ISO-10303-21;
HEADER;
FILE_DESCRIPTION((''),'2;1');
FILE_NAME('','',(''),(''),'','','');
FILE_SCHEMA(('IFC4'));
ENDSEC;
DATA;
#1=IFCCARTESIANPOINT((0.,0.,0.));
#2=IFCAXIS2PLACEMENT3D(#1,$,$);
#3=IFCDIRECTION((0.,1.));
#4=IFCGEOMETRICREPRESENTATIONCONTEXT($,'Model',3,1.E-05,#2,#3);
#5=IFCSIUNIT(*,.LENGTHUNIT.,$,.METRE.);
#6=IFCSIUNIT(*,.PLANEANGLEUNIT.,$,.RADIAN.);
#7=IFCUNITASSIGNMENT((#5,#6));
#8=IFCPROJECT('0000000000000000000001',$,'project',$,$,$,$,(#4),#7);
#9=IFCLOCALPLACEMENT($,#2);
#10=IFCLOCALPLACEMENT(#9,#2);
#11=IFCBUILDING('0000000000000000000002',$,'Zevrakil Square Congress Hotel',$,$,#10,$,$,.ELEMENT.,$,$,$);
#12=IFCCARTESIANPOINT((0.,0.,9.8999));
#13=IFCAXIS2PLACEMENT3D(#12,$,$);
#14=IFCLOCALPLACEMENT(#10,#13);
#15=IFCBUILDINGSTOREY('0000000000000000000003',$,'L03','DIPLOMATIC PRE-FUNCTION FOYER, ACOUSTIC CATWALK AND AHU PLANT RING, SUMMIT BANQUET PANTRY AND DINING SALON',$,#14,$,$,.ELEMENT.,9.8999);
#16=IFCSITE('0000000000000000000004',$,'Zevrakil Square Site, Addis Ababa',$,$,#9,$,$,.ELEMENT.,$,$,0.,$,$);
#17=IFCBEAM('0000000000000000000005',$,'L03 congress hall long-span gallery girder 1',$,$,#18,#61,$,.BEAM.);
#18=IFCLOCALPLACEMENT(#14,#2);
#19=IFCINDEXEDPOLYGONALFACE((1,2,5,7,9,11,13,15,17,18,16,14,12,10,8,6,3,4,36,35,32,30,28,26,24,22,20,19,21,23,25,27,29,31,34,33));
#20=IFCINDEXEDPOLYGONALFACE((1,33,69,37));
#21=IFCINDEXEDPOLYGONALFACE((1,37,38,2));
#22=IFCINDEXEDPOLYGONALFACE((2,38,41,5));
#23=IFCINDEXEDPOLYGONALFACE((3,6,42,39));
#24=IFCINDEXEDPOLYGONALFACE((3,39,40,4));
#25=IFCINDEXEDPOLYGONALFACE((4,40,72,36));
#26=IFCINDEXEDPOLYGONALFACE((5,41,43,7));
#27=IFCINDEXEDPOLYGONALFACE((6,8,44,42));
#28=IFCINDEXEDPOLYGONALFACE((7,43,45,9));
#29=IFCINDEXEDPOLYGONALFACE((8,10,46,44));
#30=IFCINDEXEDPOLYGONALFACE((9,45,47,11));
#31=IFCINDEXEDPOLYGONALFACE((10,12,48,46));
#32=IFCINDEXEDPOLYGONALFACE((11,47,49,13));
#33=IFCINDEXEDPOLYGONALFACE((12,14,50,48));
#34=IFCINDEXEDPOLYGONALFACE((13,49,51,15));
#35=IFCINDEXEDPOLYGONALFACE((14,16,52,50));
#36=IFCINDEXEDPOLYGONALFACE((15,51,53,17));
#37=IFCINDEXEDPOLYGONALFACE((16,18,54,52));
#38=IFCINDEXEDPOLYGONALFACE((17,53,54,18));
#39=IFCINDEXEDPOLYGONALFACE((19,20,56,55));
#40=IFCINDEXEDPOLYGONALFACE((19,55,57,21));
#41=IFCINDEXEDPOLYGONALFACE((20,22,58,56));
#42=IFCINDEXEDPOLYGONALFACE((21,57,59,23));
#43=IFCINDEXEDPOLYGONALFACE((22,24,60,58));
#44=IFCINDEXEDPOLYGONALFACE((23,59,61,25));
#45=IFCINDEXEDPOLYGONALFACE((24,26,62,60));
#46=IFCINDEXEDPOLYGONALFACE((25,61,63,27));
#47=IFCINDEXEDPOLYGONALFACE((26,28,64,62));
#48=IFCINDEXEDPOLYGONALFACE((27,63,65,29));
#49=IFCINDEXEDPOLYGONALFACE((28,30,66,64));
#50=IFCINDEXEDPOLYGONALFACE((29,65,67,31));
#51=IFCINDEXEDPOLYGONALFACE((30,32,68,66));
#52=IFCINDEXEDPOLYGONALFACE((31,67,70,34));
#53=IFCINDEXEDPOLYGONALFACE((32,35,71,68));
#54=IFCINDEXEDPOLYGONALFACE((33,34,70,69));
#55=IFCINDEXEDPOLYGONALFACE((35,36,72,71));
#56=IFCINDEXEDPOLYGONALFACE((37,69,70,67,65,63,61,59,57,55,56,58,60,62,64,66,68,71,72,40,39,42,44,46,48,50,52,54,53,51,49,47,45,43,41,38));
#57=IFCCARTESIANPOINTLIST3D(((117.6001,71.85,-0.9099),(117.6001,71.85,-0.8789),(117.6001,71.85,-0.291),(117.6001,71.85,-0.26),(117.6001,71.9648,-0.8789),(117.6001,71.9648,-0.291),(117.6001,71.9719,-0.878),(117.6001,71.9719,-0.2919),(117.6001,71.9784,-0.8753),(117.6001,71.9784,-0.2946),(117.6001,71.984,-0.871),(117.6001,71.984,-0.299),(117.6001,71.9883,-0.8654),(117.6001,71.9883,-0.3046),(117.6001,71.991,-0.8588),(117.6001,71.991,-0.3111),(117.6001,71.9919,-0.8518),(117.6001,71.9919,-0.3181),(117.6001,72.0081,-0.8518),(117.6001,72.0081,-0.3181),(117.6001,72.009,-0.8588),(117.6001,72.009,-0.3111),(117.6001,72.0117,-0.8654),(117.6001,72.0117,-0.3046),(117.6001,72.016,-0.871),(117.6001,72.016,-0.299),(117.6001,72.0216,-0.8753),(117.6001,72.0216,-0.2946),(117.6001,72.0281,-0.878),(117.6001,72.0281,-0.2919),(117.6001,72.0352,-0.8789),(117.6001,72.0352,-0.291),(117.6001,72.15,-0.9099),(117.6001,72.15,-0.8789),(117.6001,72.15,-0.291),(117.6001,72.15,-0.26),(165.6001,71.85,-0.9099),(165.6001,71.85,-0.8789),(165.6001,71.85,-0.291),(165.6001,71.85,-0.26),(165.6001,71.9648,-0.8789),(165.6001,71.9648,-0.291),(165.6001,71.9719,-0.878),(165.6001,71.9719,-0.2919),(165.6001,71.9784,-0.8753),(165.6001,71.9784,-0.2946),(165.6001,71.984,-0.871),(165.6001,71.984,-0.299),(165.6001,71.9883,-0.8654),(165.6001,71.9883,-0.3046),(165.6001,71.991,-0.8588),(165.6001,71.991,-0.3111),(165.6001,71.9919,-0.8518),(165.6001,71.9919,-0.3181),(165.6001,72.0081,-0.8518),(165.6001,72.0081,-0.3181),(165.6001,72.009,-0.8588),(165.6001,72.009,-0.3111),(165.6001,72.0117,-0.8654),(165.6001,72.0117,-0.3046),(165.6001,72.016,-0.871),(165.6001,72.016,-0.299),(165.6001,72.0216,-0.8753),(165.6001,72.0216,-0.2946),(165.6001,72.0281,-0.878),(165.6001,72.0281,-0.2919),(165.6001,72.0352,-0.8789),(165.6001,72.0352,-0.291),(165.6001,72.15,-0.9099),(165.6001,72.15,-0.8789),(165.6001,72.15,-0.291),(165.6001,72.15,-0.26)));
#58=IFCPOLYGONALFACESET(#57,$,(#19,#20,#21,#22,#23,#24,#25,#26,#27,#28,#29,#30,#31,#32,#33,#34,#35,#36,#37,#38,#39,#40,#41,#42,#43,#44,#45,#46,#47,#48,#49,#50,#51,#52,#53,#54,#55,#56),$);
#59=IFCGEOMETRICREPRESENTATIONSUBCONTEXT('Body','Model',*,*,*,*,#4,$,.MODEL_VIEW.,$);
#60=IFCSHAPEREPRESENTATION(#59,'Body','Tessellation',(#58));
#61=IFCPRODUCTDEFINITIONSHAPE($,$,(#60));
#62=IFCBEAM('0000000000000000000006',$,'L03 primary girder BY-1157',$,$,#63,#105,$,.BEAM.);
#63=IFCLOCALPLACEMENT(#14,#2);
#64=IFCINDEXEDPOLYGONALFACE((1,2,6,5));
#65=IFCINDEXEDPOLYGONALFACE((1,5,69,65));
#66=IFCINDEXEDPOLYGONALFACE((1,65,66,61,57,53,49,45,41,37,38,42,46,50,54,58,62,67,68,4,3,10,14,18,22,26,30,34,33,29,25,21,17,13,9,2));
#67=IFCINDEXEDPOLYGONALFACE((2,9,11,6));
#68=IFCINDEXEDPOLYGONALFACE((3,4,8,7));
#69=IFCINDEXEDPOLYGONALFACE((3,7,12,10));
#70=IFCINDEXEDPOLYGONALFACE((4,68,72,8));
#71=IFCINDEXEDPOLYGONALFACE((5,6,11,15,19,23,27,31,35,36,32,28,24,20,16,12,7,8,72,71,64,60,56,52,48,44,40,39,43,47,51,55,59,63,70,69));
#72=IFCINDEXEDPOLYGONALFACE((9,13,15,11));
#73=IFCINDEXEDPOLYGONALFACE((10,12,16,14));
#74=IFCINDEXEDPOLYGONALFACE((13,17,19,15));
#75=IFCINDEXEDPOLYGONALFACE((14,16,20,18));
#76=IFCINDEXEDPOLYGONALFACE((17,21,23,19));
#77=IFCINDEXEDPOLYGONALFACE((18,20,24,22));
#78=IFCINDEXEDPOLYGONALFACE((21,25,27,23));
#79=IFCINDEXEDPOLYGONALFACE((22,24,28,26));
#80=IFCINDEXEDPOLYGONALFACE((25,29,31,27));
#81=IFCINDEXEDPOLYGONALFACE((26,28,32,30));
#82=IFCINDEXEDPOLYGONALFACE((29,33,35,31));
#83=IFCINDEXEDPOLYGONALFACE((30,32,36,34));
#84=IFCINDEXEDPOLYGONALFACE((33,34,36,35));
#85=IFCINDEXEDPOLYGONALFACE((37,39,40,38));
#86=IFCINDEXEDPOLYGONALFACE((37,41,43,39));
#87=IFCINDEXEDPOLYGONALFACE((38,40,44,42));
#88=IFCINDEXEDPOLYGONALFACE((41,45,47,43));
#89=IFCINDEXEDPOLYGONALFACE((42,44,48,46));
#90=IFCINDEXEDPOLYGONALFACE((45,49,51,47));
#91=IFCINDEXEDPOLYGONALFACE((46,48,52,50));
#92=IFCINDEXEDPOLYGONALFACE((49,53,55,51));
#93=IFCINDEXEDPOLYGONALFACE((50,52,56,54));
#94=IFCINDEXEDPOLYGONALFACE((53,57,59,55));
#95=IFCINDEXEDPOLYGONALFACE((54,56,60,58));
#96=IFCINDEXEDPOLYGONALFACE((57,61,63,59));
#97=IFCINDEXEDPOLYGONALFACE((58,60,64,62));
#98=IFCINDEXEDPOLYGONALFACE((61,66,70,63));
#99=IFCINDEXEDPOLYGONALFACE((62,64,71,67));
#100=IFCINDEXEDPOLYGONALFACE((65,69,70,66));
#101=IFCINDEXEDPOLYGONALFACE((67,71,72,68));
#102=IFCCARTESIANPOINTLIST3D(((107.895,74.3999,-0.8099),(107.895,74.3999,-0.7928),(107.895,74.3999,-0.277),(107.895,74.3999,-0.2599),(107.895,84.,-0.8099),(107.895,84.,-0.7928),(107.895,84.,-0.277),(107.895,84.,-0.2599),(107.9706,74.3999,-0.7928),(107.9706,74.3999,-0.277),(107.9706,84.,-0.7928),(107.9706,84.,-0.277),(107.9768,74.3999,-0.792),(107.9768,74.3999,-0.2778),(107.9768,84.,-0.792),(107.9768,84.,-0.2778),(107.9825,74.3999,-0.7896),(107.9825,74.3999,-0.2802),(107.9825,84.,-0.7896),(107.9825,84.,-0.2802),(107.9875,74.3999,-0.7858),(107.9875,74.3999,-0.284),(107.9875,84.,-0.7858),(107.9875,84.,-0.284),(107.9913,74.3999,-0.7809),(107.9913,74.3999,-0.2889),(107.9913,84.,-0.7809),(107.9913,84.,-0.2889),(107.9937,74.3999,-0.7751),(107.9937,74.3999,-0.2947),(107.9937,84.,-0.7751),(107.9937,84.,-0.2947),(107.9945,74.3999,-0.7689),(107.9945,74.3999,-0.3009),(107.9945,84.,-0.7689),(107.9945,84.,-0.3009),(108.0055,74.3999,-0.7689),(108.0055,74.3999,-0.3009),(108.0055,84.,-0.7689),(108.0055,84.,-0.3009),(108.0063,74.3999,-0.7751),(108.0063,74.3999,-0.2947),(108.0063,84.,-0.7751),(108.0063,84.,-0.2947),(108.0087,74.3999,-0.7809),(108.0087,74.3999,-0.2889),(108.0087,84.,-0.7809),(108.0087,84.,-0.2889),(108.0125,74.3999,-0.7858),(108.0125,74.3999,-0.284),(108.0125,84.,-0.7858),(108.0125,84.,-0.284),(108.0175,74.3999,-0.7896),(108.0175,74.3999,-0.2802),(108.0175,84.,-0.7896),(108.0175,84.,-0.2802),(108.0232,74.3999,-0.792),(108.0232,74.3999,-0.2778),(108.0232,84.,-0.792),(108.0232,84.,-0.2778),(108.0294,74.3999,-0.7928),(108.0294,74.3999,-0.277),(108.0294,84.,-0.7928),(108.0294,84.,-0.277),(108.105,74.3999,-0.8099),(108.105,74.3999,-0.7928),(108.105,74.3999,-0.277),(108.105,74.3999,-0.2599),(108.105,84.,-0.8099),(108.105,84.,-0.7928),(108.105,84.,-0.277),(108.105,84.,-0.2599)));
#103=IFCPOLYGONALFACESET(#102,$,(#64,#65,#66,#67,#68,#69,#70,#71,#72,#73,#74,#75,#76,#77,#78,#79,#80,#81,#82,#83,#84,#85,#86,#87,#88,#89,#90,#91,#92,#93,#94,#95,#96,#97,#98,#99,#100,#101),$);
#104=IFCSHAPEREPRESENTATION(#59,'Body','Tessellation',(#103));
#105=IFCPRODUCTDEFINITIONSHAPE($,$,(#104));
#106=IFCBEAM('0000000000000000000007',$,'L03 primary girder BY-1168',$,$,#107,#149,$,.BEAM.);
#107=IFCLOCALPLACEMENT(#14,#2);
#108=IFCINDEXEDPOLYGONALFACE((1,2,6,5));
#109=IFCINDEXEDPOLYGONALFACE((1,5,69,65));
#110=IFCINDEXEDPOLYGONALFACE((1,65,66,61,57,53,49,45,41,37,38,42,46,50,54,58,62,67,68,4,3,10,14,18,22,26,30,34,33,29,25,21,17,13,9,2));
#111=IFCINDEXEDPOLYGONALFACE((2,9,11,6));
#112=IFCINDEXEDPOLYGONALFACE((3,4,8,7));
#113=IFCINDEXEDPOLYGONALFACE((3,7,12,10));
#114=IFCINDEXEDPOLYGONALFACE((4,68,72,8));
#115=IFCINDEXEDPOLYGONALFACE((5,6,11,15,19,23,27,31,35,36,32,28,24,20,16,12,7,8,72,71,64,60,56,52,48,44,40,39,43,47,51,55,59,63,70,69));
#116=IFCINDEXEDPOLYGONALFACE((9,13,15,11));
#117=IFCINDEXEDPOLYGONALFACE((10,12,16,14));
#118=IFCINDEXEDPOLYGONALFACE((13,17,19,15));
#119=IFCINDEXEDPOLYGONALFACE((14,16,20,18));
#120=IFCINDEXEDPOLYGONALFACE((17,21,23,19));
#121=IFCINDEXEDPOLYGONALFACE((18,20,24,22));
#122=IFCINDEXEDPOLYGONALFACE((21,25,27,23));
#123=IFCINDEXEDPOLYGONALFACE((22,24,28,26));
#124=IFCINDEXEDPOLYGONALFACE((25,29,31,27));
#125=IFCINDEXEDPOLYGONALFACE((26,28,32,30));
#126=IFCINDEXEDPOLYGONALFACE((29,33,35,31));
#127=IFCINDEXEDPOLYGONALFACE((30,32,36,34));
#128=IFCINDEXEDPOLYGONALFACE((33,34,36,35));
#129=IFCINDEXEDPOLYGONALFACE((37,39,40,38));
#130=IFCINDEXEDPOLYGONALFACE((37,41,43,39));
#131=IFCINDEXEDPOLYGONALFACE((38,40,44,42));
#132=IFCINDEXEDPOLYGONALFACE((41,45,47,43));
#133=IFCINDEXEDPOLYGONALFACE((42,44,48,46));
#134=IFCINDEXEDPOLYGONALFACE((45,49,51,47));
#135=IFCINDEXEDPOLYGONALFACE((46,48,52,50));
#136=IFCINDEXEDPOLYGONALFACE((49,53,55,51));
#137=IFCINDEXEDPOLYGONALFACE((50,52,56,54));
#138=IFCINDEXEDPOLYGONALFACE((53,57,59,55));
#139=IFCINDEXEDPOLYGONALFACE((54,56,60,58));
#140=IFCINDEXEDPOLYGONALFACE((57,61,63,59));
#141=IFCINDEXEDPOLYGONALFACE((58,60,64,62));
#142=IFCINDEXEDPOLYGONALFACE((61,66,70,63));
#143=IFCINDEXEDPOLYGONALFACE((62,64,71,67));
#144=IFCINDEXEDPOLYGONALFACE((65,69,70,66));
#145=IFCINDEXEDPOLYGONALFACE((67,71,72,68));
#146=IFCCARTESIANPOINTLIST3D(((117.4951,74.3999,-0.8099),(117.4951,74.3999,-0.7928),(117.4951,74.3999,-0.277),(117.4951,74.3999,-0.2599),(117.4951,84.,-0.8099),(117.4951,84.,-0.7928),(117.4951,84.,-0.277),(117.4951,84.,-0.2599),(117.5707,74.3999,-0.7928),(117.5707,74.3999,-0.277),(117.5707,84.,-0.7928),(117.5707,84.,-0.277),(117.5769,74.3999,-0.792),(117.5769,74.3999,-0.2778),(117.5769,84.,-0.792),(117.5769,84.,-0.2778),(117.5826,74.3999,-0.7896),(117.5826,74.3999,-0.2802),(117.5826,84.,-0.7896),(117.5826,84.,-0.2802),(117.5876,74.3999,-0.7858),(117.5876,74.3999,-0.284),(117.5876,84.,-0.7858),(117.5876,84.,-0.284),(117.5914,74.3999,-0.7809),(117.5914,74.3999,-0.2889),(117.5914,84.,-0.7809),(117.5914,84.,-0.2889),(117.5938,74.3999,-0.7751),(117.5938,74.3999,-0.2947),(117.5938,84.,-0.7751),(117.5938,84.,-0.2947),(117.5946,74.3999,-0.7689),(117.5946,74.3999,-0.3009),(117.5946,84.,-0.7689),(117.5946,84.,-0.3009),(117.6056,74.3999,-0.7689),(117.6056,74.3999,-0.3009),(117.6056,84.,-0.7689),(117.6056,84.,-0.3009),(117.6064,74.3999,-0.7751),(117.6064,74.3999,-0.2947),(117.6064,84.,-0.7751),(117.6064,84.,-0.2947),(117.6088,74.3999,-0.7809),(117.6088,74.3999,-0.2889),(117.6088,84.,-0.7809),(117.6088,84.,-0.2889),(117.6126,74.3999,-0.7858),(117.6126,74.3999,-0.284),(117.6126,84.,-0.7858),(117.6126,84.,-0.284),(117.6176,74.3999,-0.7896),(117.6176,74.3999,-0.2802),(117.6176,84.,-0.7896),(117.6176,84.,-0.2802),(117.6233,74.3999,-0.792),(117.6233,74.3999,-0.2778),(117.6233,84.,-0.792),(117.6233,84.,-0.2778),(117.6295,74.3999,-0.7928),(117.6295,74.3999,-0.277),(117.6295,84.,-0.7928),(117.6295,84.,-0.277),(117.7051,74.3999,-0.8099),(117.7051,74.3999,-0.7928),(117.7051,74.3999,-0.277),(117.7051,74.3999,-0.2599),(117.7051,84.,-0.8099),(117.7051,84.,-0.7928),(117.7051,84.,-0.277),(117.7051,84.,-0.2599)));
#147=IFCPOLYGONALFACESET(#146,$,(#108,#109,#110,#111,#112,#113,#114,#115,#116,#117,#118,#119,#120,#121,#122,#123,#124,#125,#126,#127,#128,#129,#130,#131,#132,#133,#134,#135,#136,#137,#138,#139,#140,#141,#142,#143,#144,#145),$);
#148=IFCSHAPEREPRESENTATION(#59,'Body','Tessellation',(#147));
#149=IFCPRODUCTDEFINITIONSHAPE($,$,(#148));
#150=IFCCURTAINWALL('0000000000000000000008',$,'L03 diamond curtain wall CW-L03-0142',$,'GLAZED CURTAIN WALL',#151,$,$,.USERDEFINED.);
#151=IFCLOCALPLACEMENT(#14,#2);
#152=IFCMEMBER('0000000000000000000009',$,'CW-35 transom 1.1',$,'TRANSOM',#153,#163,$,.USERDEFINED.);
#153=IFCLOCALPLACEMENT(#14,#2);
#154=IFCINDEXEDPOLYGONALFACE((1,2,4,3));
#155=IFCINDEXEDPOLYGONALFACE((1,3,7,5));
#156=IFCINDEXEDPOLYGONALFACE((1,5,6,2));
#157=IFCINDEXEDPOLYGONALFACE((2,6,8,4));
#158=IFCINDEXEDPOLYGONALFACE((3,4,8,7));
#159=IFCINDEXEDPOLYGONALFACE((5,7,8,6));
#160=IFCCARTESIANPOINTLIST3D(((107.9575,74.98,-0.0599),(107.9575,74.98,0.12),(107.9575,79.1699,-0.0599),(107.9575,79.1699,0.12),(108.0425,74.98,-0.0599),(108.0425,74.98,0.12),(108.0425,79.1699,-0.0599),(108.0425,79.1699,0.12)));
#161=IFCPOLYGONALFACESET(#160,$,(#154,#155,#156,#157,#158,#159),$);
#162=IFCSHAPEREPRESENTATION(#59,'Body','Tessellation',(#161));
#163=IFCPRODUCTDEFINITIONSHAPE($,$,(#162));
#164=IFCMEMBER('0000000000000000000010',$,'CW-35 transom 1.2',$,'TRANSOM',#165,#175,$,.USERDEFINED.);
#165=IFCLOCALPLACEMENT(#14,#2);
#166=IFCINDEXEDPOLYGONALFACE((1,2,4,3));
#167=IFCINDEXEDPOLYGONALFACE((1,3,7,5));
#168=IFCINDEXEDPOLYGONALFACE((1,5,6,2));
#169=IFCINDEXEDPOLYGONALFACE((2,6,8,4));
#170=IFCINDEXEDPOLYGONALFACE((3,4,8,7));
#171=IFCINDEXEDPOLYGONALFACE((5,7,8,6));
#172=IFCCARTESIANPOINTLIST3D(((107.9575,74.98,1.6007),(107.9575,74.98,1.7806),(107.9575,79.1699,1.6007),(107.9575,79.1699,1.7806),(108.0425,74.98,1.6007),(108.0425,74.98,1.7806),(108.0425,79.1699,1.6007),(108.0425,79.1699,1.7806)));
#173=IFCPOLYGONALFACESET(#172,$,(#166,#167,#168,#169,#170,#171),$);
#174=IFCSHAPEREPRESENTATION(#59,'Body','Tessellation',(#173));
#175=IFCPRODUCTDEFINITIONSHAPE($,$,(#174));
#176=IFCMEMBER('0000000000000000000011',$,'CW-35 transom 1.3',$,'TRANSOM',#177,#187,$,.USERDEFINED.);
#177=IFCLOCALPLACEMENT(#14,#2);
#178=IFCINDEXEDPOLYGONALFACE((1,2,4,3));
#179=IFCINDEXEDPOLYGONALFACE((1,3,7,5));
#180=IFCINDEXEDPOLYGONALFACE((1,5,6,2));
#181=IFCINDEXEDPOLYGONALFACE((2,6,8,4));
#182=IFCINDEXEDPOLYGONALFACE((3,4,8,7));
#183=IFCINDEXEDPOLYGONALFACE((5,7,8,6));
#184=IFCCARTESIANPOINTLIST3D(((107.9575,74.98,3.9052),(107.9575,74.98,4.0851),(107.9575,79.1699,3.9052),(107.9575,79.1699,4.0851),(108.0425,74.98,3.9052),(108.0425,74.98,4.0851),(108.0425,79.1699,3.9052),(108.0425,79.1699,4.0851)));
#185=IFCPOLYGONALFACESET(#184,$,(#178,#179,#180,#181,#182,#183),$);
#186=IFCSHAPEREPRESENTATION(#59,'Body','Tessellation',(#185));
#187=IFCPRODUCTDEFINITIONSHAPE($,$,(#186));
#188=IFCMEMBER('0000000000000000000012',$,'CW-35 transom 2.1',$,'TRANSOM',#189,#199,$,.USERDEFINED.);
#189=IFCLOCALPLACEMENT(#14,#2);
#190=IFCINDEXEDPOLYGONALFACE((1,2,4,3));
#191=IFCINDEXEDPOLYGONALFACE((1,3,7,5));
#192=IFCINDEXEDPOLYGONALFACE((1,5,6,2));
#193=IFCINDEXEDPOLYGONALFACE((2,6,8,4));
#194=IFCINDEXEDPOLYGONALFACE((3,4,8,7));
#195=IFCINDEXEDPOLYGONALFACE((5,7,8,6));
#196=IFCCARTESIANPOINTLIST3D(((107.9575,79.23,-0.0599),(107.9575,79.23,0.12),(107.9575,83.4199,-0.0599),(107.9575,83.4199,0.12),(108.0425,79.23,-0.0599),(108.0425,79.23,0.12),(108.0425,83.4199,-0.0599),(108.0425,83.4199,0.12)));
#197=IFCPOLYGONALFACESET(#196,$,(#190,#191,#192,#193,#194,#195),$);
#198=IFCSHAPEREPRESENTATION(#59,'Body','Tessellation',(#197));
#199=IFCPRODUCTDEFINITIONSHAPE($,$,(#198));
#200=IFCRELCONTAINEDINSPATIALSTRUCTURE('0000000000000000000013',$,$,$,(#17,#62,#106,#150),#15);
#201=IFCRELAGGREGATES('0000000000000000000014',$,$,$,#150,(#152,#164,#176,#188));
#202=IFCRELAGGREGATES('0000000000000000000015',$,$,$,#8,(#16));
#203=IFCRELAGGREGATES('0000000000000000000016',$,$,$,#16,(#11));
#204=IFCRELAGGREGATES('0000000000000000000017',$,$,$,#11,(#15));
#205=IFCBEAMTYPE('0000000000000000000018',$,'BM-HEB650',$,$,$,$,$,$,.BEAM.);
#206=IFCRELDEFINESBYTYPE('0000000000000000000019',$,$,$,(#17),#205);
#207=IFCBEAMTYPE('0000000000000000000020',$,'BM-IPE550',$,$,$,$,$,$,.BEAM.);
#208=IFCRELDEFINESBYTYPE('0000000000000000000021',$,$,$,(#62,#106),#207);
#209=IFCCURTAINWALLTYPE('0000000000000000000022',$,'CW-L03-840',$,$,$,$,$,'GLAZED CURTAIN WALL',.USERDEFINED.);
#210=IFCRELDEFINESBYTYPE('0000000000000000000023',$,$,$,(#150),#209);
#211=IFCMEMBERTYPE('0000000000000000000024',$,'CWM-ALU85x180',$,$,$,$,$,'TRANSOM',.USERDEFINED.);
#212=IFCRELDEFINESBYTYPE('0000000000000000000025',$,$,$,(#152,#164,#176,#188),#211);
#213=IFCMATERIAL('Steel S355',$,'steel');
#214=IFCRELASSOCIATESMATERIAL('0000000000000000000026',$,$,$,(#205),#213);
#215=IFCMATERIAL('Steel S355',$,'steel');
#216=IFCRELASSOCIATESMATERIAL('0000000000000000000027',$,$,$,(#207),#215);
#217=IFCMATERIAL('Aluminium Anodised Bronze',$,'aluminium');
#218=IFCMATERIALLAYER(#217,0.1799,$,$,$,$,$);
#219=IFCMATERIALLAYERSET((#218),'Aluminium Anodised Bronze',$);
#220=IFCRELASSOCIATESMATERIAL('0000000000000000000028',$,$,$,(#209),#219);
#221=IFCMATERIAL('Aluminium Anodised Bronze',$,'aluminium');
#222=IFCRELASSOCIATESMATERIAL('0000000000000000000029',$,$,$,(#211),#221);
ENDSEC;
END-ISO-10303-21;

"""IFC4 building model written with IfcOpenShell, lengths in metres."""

from ifc_helpers import new_model, si_unit, direction, frame, origin, origin_2d, place, context, subcontext, project, spatial, rectangle, i_section, extrude, material, layer, layer_set, material_profile, profile_set, type_object, element, aggregate, save


model = new_model("IFC4")

# Units and contexts
model_context = context("Model", 3, precision=1e-05, world=origin(), true_north=direction((0.0, 1.0)))
body_context = subcontext(model_context, "Body", "Model", "MODEL_VIEW")
ifc_project = project(units=[si_unit("LENGTHUNIT", "METRE"), si_unit("PLANEANGLEUNIT", "RADIAN")], contexts=[model_context])

# Site, building, storey
site_placement = place(None, origin())
site = spatial("IfcSite", under=ifc_project, at=site_placement, Name="Zevrakil Square Site, Addis Ababa", CompositionType="ELEMENT", RefElevation=0.0)
building_placement = place(site_placement, origin())
building = spatial("IfcBuilding", under=site, at=building_placement, Name="Zevrakil Square Congress Hotel", CompositionType="ELEMENT")
storey_placement = place(building_placement, frame((0.0, 0.0, 9.8999)))
storey = spatial("IfcBuildingStorey", under=building, at=storey_placement, Name="L03", Description="DIPLOMATIC PRE-FUNCTION FOYER, ACOUSTIC CATWALK AND AHU PLANT RING, SUMMIT BANQUET PANTRY AND DINING SALON", CompositionType="ELEMENT", Elevation=9.8999)

# Beams
ifc_material_1 = material(Name="Steel S355", Category="steel")
ifc_material_profile_1 = material_profile(ifc_material_1, i_section(OverallWidth=0.3, OverallDepth=0.6499, WebThickness=0.0161, FlangeThickness=0.031, FilletRadius=0.0271, at=origin_2d()), Name="HEB 650")
ifc_profile_set_1 = profile_set([ifc_material_profile_1], Name="Steel S355")
beam_type_1 = type_object("IfcBeamType", Name="BM-HEB650", PredefinedType="BEAM", material=ifc_profile_set_1)
beam_1_placement = place(storey_placement, frame((117.6001, 72.0, -0.585), z_axis=(1.0, 0.0, 0.0), x_axis=(0.0, 1.0, 0.0)))
element("IfcBeam", 1, at=beam_1_placement, inside=storey, type_object=beam_type_1, Name="L03 congress hall long-span gallery girder 1", PredefinedType="BEAM", context=body_context, shape_type="SweptSolid", body=[
    extrude(i_section(OverallWidth=0.3, OverallDepth=0.6499, WebThickness=0.0161, FlangeThickness=0.031, FilletRadius=0.0271, at=origin_2d()), origin(), (0.0, 0.0, 1.0), 48.0),
])
ifc_material_2 = material(Name="Steel S355", Category="steel")
ifc_material_profile_2 = material_profile(ifc_material_2, i_section(OverallWidth=0.21, OverallDepth=0.55, WebThickness=0.011, FlangeThickness=0.0171, FilletRadius=0.0239, at=origin_2d()), Name="IPE 550")
ifc_profile_set_2 = profile_set([ifc_material_profile_2], Name="Steel S355")
beam_type_2 = type_object("IfcBeamType", Name="BM-IPE550", PredefinedType="BEAM", material=ifc_profile_set_2)
for number, where, z_axis, x_axis, name in (
    (2, (108.0, 74.3999, -0.5349), (0.0, 1.0, 0.0), (-1.0, 0.0, 0.0), "L03 primary girder BY-1157"),
    (3, (117.6001, 74.3999, -0.5349), (0.0, 1.0, 0.0), (-1.0, 0.0, 0.0), "L03 primary girder BY-1168"),
):
    element("IfcBeam", number, at=place(storey_placement, frame(where, z_axis=z_axis, x_axis=x_axis)), inside=storey, type_object=beam_type_2, Name=name, PredefinedType="BEAM", context=body_context, shape_type="SweptSolid", body=[
        extrude(i_section(OverallWidth=0.21, OverallDepth=0.55, WebThickness=0.011, FlangeThickness=0.0171, FilletRadius=0.0239, at=origin_2d()), origin(), (0.0, 0.0, 1.0), 9.6001),
    ])

# Curtain wall, members
ifc_material_3 = material(Name="Aluminium Anodised Bronze", Category="aluminium")
ifc_layer_1 = layer(ifc_material_3, 0.1799)
ifc_layer_set_1 = layer_set([ifc_layer_1], Name="Aluminium Anodised Bronze")
curtain_wall_type = type_object("IfcCurtainWallType", Name="CW-L03-840", ElementType="GLAZED CURTAIN WALL", PredefinedType="USERDEFINED", material=ifc_layer_set_1)
curtain_wall_1_placement = place(storey_placement, origin())
curtain_wall_1 = element("IfcCurtainWall", 4, at=curtain_wall_1_placement, inside=storey, type_object=curtain_wall_type, Name="L03 diamond curtain wall CW-L03-0142", ObjectType="GLAZED CURTAIN WALL", PredefinedType="USERDEFINED")
ifc_material_4 = material(Name="Aluminium Anodised Bronze", Category="aluminium")
ifc_material_profile_3 = material_profile(ifc_material_4, rectangle(XDim=0.085, YDim=0.1799, at=origin_2d()), Name="ALU 85x180")
ifc_profile_set_3 = profile_set([ifc_material_profile_3], Name="Aluminium Anodised Bronze")
member_type_1 = type_object("IfcMemberType", Name="CWM-ALU85x180", ElementType="TRANSOM", PredefinedType="USERDEFINED", material=ifc_profile_set_3)
member_1_placement = place(storey_placement, frame((108.0, 74.98, 0.03), z_axis=(0.0, 1.0, 0.0), x_axis=(-1.0, 0.0, 0.0)))
member_1 = element("IfcMember", 5, at=member_1_placement, type_object=member_type_1, Name="CW-35 transom 1.1", ObjectType="TRANSOM", PredefinedType="USERDEFINED", context=body_context, shape_type="SweptSolid", body=[
    extrude(rectangle(XDim=0.085, YDim=0.1799, at=origin_2d()), origin(), (0.0, 0.0, 1.0), 4.1899),
])
member_2_placement = place(storey_placement, frame((108.0, 74.98, 1.6907), z_axis=(0.0, 1.0, 0.0), x_axis=(-1.0, 0.0, 0.0)))
member_2 = element("IfcMember", 6, at=member_2_placement, type_object=member_type_1, Name="CW-35 transom 1.2", ObjectType="TRANSOM", PredefinedType="USERDEFINED", context=body_context, shape_type="SweptSolid", body=[
    extrude(rectangle(XDim=0.085, YDim=0.1799, at=origin_2d()), origin(), (0.0, 0.0, 1.0), 4.1899),
])
member_3_placement = place(storey_placement, frame((108.0, 74.98, 3.9951), z_axis=(0.0, 1.0, 0.0), x_axis=(-1.0, 0.0, 0.0)))
member_3 = element("IfcMember", 7, at=member_3_placement, type_object=member_type_1, Name="CW-35 transom 1.3", ObjectType="TRANSOM", PredefinedType="USERDEFINED", context=body_context, shape_type="SweptSolid", body=[
    extrude(rectangle(XDim=0.085, YDim=0.1799, at=origin_2d()), origin(), (0.0, 0.0, 1.0), 4.1899),
])
member_4_placement = place(storey_placement, frame((108.0, 79.23, 0.03), z_axis=(0.0, 1.0, 0.0), x_axis=(-1.0, 0.0, 0.0)))
member_4 = element("IfcMember", 8, at=member_4_placement, type_object=member_type_1, Name="CW-35 transom 2.1", ObjectType="TRANSOM", PredefinedType="USERDEFINED", context=body_context, shape_type="SweptSolid", body=[
    extrude(rectangle(XDim=0.085, YDim=0.1799, at=origin_2d()), origin(), (0.0, 0.0, 1.0), 4.1899),
])

aggregate(curtain_wall_1, [member_1, member_2, member_3, member_4])

save(model, "model.ifc")
